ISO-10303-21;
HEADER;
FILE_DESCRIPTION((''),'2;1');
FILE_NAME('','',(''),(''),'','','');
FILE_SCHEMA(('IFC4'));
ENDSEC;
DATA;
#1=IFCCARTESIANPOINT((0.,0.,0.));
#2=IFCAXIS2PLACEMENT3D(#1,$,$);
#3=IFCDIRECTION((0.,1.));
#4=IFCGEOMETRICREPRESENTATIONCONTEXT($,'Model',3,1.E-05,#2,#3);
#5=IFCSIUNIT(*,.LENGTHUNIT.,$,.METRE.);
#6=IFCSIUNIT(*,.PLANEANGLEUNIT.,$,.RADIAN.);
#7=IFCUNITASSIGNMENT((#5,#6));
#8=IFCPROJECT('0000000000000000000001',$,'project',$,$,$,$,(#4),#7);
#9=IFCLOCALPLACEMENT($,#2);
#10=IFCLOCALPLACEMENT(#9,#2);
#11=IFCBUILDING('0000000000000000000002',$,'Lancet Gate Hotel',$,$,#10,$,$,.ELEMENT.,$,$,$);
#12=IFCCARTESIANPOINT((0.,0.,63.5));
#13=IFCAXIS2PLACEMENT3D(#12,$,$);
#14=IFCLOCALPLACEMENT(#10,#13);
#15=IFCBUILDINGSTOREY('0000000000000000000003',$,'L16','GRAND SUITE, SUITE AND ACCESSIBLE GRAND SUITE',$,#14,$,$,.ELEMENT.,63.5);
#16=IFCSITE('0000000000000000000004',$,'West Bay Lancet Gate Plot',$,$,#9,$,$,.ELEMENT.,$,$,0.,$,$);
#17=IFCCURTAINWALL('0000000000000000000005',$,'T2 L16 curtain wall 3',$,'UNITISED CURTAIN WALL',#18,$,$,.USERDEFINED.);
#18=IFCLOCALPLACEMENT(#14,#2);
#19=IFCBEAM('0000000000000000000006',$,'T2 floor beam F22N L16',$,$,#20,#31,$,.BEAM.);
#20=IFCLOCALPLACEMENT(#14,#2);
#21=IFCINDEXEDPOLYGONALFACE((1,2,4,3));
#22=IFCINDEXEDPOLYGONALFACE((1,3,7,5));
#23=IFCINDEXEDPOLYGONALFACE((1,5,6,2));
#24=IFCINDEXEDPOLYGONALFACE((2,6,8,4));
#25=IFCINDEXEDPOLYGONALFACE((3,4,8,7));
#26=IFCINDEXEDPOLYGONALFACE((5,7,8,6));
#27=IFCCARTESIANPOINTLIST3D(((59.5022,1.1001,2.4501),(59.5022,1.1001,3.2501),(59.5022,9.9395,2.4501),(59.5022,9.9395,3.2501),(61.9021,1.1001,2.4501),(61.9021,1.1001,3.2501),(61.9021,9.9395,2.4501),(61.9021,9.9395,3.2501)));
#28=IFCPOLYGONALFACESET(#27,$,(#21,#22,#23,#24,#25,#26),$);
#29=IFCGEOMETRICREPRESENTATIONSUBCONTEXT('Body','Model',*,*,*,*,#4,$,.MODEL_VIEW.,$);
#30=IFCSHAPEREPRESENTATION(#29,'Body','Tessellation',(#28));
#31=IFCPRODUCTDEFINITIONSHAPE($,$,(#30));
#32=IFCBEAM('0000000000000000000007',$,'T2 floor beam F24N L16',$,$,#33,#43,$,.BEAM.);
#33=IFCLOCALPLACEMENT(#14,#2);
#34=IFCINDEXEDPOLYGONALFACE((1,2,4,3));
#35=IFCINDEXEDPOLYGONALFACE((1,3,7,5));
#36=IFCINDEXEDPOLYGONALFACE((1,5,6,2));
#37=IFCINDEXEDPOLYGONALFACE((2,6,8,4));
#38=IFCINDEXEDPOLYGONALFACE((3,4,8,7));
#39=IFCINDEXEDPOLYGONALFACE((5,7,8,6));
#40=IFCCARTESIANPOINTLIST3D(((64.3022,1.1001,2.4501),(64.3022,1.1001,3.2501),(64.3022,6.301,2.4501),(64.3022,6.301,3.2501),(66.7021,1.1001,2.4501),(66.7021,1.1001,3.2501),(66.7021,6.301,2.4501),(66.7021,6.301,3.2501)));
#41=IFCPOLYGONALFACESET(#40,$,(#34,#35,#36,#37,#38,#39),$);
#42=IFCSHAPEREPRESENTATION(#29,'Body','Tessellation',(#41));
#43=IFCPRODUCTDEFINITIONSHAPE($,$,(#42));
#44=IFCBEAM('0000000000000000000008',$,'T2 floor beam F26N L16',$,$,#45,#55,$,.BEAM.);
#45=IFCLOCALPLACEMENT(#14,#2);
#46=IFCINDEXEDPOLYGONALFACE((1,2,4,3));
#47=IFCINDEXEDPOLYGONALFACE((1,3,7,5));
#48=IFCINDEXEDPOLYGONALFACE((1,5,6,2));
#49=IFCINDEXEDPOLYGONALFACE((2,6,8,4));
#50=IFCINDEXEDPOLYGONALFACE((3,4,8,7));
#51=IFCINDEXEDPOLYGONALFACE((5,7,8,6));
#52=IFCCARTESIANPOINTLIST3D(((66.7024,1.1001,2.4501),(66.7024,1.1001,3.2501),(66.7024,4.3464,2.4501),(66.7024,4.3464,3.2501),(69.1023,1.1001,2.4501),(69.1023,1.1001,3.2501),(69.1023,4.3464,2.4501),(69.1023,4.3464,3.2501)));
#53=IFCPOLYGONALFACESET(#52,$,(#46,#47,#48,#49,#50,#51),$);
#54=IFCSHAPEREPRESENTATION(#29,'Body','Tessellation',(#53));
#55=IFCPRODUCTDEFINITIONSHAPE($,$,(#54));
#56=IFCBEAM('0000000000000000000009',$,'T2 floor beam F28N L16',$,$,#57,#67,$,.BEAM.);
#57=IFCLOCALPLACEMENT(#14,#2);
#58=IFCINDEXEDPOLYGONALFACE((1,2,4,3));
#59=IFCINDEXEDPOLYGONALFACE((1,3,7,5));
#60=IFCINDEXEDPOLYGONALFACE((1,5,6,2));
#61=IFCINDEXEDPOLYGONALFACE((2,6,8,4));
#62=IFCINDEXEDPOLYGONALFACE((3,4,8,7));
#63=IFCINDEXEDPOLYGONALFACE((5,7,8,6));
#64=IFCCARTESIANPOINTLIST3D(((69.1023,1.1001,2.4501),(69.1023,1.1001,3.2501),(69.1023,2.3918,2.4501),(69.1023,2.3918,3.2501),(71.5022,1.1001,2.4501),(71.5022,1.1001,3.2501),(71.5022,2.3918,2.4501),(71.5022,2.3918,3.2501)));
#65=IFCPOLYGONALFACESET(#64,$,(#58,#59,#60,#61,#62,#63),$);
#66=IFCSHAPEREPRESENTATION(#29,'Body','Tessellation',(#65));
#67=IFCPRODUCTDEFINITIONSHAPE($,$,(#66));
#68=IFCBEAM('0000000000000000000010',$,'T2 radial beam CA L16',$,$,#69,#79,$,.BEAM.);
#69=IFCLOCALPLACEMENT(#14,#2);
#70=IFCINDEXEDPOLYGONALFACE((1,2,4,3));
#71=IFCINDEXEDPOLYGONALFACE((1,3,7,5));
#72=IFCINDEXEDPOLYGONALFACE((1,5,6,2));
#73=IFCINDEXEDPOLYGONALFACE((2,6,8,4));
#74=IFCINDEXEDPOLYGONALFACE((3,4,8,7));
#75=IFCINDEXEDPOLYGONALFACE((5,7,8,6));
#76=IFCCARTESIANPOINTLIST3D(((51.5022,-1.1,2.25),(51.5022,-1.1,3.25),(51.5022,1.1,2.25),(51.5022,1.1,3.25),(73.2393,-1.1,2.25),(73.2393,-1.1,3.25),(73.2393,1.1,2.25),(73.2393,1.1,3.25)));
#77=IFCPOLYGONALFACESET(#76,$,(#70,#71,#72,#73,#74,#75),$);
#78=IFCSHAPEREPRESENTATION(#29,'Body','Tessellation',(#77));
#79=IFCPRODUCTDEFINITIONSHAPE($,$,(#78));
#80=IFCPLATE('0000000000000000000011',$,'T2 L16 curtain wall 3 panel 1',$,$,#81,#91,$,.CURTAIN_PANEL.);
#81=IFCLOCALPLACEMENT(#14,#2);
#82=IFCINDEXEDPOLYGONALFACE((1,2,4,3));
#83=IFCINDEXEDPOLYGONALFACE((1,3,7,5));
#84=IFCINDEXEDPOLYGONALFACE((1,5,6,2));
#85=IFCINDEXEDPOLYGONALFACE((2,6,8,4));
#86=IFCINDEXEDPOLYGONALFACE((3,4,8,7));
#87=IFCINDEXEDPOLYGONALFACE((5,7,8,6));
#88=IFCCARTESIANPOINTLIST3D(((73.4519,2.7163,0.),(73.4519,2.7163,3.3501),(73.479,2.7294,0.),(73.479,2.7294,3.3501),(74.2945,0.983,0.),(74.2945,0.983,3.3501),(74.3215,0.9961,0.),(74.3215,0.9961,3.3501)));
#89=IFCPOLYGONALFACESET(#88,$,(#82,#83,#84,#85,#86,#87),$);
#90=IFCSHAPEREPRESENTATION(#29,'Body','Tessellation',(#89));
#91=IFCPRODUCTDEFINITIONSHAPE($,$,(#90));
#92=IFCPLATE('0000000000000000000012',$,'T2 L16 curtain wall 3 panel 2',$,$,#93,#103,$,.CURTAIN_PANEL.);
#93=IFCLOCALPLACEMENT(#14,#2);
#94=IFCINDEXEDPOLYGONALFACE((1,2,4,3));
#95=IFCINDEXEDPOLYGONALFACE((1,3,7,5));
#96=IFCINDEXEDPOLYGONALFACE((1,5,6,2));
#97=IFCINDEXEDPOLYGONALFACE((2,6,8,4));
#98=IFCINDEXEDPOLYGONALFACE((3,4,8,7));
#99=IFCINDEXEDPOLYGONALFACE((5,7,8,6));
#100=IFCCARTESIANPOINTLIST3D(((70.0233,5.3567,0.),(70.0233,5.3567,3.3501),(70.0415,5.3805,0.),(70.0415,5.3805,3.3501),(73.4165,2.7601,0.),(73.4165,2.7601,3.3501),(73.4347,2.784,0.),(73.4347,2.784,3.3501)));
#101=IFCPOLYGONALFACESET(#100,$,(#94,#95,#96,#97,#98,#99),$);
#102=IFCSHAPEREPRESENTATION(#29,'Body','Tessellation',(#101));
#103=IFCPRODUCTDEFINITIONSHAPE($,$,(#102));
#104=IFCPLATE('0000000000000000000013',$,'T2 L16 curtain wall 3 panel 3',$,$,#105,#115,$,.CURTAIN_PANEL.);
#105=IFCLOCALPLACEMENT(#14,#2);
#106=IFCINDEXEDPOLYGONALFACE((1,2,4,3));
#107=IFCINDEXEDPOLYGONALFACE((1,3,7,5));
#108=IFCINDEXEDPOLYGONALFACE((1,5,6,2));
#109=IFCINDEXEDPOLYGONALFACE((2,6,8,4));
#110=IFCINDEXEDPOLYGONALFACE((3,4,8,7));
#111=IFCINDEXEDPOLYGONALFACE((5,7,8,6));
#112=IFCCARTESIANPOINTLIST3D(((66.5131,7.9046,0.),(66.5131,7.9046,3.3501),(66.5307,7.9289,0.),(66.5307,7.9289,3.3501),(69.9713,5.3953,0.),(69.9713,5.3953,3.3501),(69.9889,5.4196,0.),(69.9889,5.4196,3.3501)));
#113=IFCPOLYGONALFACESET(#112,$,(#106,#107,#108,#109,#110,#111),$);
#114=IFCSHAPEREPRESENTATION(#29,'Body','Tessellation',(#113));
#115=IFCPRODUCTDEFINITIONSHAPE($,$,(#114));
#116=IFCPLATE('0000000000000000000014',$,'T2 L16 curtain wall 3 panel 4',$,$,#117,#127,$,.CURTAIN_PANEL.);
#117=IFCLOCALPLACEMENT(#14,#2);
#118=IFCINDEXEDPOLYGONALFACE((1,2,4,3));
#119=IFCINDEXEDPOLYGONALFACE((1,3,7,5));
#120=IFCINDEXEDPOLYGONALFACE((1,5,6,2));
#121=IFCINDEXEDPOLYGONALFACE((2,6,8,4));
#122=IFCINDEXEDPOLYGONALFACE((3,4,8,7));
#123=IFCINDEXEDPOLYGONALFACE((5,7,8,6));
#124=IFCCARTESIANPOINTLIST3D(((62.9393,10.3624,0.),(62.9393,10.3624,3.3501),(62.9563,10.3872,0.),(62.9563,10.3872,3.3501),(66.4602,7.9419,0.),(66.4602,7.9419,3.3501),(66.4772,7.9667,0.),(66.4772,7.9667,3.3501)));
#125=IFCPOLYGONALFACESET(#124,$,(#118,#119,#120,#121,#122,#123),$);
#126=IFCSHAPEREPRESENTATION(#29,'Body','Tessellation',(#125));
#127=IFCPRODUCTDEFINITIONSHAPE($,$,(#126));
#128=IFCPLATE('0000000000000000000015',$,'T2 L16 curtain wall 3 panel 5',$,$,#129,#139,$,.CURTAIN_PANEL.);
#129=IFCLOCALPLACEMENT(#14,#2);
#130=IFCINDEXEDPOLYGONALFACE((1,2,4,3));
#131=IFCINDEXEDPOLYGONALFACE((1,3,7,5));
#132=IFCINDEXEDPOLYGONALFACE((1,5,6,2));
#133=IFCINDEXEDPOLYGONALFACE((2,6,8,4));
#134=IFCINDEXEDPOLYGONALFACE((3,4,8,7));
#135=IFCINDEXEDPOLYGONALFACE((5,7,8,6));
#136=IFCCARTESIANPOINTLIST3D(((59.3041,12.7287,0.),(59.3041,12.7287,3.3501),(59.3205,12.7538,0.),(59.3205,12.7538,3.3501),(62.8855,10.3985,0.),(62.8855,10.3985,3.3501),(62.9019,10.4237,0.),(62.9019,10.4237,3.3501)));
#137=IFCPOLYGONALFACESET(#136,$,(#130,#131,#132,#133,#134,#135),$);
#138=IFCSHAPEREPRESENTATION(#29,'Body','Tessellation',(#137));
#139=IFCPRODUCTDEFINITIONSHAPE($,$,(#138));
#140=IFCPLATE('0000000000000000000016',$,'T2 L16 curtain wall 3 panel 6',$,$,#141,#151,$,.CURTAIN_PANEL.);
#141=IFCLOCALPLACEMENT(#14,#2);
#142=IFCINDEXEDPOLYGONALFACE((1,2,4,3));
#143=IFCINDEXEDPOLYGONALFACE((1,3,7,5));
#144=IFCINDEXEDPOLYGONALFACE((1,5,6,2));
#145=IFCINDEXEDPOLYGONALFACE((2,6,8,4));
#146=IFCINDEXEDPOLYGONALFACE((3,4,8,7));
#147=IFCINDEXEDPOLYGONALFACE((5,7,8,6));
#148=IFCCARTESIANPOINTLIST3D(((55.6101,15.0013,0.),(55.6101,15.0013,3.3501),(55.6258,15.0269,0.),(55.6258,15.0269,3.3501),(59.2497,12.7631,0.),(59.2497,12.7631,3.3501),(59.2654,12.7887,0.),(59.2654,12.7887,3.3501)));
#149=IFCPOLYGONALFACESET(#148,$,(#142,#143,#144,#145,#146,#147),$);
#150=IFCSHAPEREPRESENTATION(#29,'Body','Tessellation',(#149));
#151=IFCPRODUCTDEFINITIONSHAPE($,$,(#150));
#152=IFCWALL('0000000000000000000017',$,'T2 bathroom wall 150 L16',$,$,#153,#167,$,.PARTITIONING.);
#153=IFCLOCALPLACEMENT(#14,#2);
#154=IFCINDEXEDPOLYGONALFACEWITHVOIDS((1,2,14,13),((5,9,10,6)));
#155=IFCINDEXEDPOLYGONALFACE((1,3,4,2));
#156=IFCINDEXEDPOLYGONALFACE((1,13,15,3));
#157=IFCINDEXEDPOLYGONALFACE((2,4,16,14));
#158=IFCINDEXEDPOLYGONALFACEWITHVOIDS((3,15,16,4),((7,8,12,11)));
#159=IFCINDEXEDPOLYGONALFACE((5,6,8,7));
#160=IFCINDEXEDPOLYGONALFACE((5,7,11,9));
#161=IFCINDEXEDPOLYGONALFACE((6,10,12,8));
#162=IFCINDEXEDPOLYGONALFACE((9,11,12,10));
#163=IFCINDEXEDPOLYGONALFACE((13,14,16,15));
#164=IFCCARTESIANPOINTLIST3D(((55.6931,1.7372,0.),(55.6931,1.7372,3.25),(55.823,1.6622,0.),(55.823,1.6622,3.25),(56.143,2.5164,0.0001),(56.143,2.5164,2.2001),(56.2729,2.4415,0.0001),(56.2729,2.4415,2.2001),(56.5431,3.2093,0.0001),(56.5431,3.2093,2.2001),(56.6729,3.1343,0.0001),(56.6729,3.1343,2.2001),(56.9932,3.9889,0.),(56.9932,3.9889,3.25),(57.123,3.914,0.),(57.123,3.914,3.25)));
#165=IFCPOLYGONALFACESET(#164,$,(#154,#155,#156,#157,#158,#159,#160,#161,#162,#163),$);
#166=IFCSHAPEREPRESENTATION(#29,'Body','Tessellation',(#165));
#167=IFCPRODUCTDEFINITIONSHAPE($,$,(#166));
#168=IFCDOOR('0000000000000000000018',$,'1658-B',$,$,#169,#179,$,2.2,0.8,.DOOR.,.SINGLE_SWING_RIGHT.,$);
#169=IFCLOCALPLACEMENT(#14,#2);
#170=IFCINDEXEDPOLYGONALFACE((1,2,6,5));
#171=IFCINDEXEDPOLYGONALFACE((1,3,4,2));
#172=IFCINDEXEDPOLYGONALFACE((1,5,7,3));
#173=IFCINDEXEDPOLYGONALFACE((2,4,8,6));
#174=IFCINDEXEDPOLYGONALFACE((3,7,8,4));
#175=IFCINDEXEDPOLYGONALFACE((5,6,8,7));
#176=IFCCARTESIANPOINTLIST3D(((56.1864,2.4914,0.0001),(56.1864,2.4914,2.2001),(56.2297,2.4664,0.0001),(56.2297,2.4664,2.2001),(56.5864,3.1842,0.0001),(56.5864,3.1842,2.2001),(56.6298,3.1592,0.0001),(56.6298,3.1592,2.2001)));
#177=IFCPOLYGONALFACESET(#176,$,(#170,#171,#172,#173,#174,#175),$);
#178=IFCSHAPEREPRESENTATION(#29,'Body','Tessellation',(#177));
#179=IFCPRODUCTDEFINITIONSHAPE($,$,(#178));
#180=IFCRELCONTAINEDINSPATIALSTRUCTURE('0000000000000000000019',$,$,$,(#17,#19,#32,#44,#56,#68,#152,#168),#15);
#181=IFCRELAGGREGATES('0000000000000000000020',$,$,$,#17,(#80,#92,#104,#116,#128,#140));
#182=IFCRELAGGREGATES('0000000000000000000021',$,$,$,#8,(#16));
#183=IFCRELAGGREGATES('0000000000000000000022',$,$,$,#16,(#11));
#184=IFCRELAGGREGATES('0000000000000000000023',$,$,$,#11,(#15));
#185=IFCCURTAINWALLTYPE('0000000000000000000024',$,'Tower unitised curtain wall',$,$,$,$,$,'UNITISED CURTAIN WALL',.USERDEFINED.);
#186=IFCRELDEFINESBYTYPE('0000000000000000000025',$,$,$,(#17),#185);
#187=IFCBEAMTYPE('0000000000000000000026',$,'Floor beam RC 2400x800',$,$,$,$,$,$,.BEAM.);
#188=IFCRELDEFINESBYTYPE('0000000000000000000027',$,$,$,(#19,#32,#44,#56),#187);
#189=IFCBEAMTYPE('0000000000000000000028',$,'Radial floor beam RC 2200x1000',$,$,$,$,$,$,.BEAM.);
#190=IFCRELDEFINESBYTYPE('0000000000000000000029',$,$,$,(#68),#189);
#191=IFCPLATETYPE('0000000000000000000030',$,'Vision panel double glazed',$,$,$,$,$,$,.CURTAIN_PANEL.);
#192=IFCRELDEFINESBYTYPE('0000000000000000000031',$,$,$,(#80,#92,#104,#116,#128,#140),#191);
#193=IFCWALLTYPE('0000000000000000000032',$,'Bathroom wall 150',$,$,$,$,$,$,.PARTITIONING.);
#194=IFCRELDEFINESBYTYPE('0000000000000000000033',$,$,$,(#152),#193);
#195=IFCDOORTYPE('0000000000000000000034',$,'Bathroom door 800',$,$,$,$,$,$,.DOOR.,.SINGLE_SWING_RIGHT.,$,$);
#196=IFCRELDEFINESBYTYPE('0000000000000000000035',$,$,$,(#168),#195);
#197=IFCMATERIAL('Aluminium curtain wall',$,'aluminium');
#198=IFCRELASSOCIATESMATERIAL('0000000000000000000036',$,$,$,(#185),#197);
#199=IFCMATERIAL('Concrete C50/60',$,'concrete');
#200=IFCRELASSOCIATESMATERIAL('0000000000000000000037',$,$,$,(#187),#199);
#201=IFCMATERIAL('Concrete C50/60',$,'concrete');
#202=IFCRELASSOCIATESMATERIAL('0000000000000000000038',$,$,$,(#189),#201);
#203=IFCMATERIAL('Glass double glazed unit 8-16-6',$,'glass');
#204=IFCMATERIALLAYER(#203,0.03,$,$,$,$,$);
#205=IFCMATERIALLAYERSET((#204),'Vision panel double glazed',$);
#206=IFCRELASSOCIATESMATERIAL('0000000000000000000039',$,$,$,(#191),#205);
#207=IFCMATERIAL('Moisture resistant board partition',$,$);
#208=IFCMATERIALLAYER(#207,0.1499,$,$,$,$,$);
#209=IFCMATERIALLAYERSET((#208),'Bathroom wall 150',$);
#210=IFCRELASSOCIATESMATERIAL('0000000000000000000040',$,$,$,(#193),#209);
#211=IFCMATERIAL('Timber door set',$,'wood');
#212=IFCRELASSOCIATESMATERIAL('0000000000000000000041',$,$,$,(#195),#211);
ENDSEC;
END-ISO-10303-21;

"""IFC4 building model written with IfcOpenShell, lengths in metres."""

from ifc_helpers import new_model, si_unit, direction, frame, frame_2d, origin, origin_2d, place, context, subcontext, project, spatial, rectangle, extrude, material, layer, layer_set, material_profile, profile_set, type_object, element, fill, aggregate, save


model = new_model("IFC4")

# Units and contexts
model_context = context("Model", 3, precision=1e-05, world=origin(), true_north=direction((0.0, 1.0)))
body_context = subcontext(model_context, "Body", "Model", "MODEL_VIEW")
ifc_project = project(units=[si_unit("LENGTHUNIT", "METRE"), si_unit("PLANEANGLEUNIT", "RADIAN")], contexts=[model_context])

# Site, building, storey
site_placement = place(None, origin())
site = spatial("IfcSite", under=ifc_project, at=site_placement, Name="West Bay Lancet Gate Plot", CompositionType="ELEMENT", RefElevation=0.0)
building_placement = place(site_placement, origin())
building = spatial("IfcBuilding", under=site, at=building_placement, Name="Lancet Gate Hotel", CompositionType="ELEMENT")
storey_placement = place(building_placement, frame((0.0, 0.0, 63.5)))
storey = spatial("IfcBuildingStorey", under=building, at=storey_placement, Name="L16", Description="GRAND SUITE, SUITE AND ACCESSIBLE GRAND SUITE", CompositionType="ELEMENT", Elevation=63.5)

# Curtain wall
ifc_material_1 = material(Name="Aluminium curtain wall", Category="aluminium")
curtain_wall_type = type_object("IfcCurtainWallType", Name="Tower unitised curtain wall", ElementType="UNITISED CURTAIN WALL", PredefinedType="USERDEFINED", material=ifc_material_1)
curtain_wall_placement = place(storey_placement, origin())
curtain_wall = element("IfcCurtainWall", 1, at=curtain_wall_placement, inside=storey, type_object=curtain_wall_type, Name="T2 L16 curtain wall 3", ObjectType="UNITISED CURTAIN WALL", PredefinedType="USERDEFINED")

# Beams
ifc_material_2 = material(Name="Concrete C50/60", Category="concrete")
ifc_material_profile_1 = material_profile(ifc_material_2, rectangle(XDim=2.3999, YDim=0.8, at=origin_2d()), Name="RC 2400x800")
ifc_profile_set_1 = profile_set([ifc_material_profile_1], Name="Concrete C50/60")
beam_type_1 = type_object("IfcBeamType", Name="Floor beam RC 2400x800", PredefinedType="BEAM", material=ifc_profile_set_1)
beam_1_placement = place(storey_placement, frame((60.7021, 1.1001, 2.8501), z_axis=(0.0, 1.0, 0.0), x_axis=(-1.0, 0.0, 0.0)))
element("IfcBeam", 2, at=beam_1_placement, inside=storey, type_object=beam_type_1, Name="T2 floor beam F22N L16", PredefinedType="BEAM", context=body_context, shape_type="SweptSolid", body=[
    extrude(rectangle(XDim=2.3999, YDim=0.8, at=origin_2d()), origin(), (0.0, 0.0, 1.0), 8.8394),
])
beam_2_placement = place(storey_placement, frame((65.5022, 1.1001, 2.8501), z_axis=(0.0, 1.0, 0.0), x_axis=(-1.0, 0.0, 0.0)))
element("IfcBeam", 3, at=beam_2_placement, inside=storey, type_object=beam_type_1, Name="T2 floor beam F24N L16", PredefinedType="BEAM", context=body_context, shape_type="SweptSolid", body=[
    extrude(rectangle(XDim=2.3999, YDim=0.8, at=origin_2d()), origin(), (0.0, 0.0, 1.0), 5.2009),
])
beam_3_placement = place(storey_placement, frame((67.9023, 1.1001, 2.8501), z_axis=(0.0, 1.0, 0.0), x_axis=(-1.0, 0.0, 0.0)))
element("IfcBeam", 4, at=beam_3_placement, inside=storey, type_object=beam_type_1, Name="T2 floor beam F26N L16", PredefinedType="BEAM", context=body_context, shape_type="SweptSolid", body=[
    extrude(rectangle(XDim=2.3999, YDim=0.8, at=origin_2d()), origin(), (0.0, 0.0, 1.0), 3.2463),
])
beam_4_placement = place(storey_placement, frame((70.3022, 1.1001, 2.8501), z_axis=(0.0, 1.0, 0.0), x_axis=(-1.0, 0.0, 0.0)))
element("IfcBeam", 5, at=beam_4_placement, inside=storey, type_object=beam_type_1, Name="T2 floor beam F28N L16", PredefinedType="BEAM", context=body_context, shape_type="SweptSolid", body=[
    extrude(rectangle(XDim=2.3999, YDim=0.8, at=origin_2d()), origin(), (0.0, 0.0, 1.0), 1.2917),
])
ifc_material_3 = material(Name="Concrete C50/60", Category="concrete")
ifc_material_profile_2 = material_profile(ifc_material_3, rectangle(XDim=2.2, YDim=1.0, at=origin_2d()), Name="RC 2200x1000")
ifc_profile_set_2 = profile_set([ifc_material_profile_2], Name="Concrete C50/60")
beam_type_2 = type_object("IfcBeamType", Name="Radial floor beam RC 2200x1000", PredefinedType="BEAM", material=ifc_profile_set_2)
beam_5_placement = place(storey_placement, frame((73.2393, 0.0, 2.75), z_axis=(-1.0, 0.0, 0.0), x_axis=(0.0, -1.0, 0.0)))
element("IfcBeam", 6, at=beam_5_placement, inside=storey, type_object=beam_type_2, Name="T2 radial beam CA L16", PredefinedType="BEAM", context=body_context, shape_type="SweptSolid", body=[
    extrude(rectangle(XDim=2.2, YDim=1.0, at=origin_2d()), origin(), (0.0, 0.0, 1.0), 21.7371),
])

# Plates
ifc_material_4 = material(Name="Glass double glazed unit 8-16-6", Category="glass")
ifc_layer_1 = layer(ifc_material_4, 0.03)
ifc_layer_set_1 = layer_set([ifc_layer_1], Name="Vision panel double glazed")
plate_type = type_object("IfcPlateType", Name="Vision panel double glazed", PredefinedType="CURTAIN_PANEL", material=ifc_layer_set_1)
plate_1_placement = place(storey_placement, frame((73.8867, 1.8562, 0.0), z_axis=(0.0, 0.0, 1.0), x_axis=(-0.437169, 0.899379, 0.0)))
plate_1 = element("IfcPlate", 7, at=plate_1_placement, type_object=plate_type, Name="T2 L16 curtain wall 3 panel 1", PredefinedType="CURTAIN_PANEL", context=body_context, shape_type="SweptSolid", body=[
    extrude(rectangle(XDim=1.9272, YDim=0.03, at=origin_2d()), origin(), (0.0, 0.0, 1.0), 3.3501),
])
plate_2_placement = place(storey_placement, frame((71.729, 4.0703, 0.0), z_axis=(0.0, 0.0, 1.0), x_axis=(-0.79416, 0.607709, 0.0)))
plate_2 = element("IfcPlate", 8, at=plate_2_placement, type_object=plate_type, Name="T2 L16 curtain wall 3 panel 2", PredefinedType="CURTAIN_PANEL", context=body_context, shape_type="SweptSolid", body=[
    extrude(rectangle(XDim=4.2727, YDim=0.03, at=origin_2d()), origin(), (0.0, 0.0, 1.0), 3.3501),
])
plate_3_placement = place(storey_placement, frame((68.251, 6.6621, 0.0), z_axis=(0.0, 0.0, 1.0), x_axis=(-0.80937, 0.587299, 0.0)))
plate_3 = element("IfcPlate", 9, at=plate_3_placement, type_object=plate_type, Name="T2 L16 curtain wall 3 panel 3", PredefinedType="CURTAIN_PANEL", context=body_context, shape_type="SweptSolid", body=[
    extrude(rectangle(XDim=4.2727, YDim=0.03, at=origin_2d()), origin(), (0.0, 0.0, 1.0), 3.3501),
])
plate_4_placement = place(storey_placement, frame((64.7083, 9.1646, 0.0), z_axis=(0.0, 0.0, 1.0), x_axis=(-0.824055, 0.566509, 0.0)))
plate_4 = element("IfcPlate", 10, at=plate_4_placement, type_object=plate_type, Name="T2 L16 curtain wall 3 panel 4", PredefinedType="CURTAIN_PANEL", context=body_context, shape_type="SweptSolid", body=[
    extrude(rectangle(XDim=4.2727, YDim=0.03, at=origin_2d()), origin(), (0.0, 0.0, 1.0), 3.3501),
])
plate_5_placement = place(storey_placement, frame((61.103, 11.5762, 0.0), z_axis=(0.0, 0.0, 1.0), x_axis=(-0.838207, 0.545353, 0.0)))
plate_5 = element("IfcPlate", 11, at=plate_5_placement, type_object=plate_type, Name="T2 L16 curtain wall 3 panel 5", PredefinedType="CURTAIN_PANEL", context=body_context, shape_type="SweptSolid", body=[
    extrude(rectangle(XDim=4.2727, YDim=0.03, at=origin_2d()), origin(), (0.0, 0.0, 1.0), 3.3501),
])
plate_6_placement = place(storey_placement, frame((57.4377, 13.895, 0.0), z_axis=(0.0, 0.0, 1.0), x_axis=(-0.851815, 0.523842, 0.0)))
plate_6 = element("IfcPlate", 12, at=plate_6_placement, type_object=plate_type, Name="T2 L16 curtain wall 3 panel 6", PredefinedType="CURTAIN_PANEL", context=body_context, shape_type="SweptSolid", body=[
    extrude(rectangle(XDim=4.2727, YDim=0.03, at=origin_2d()), origin(), (0.0, 0.0, 1.0), 3.3501),
])
aggregate(curtain_wall, [plate_1, plate_2, plate_3, plate_4, plate_5, plate_6])

# Wall, opening, door
ifc_material_5 = material(Name="Moisture resistant board partition")
ifc_layer_2 = layer(ifc_material_5, 0.1499)
ifc_layer_set_2 = layer_set([ifc_layer_2], Name="Bathroom wall 150")
wall_type = type_object("IfcWallType", Name="Bathroom wall 150", PredefinedType="PARTITIONING", material=ifc_layer_set_2)
wall_placement = place(storey_placement, frame((55.7581, 1.6997, 0.0), z_axis=(0.0, 0.0, 1.0), x_axis=(0.500007, 0.866021, 0.0)))
wall = element("IfcWall", 13, at=wall_placement, inside=storey, type_object=wall_type, Name="T2 bathroom wall 150 L16", PredefinedType="PARTITIONING", context=body_context, shape_type="SweptSolid", body=[
    extrude(rectangle(XDim=2.6001, YDim=0.1499, at=frame_2d((1.3, 0.0))), origin(), (0.0, 0.0, 1.0), 3.25),
])
opening_placement = place(wall_placement, frame((0.8999, 0.0, 0.0)))
opening = element("IfcOpeningElement", 14, at=opening_placement, cuts=wall, PredefinedType="OPENING", context=body_context, shape_type="SweptSolid", body=[
    extrude(rectangle(XDim=0.8, YDim=2.2, at=frame_2d((0.3999, 1.1001))), frame((0.0, 0.085, 0.0), z_axis=(0.0, -1.0, 0.0), x_axis=(1.0, 0.0, 0.0)), (0.0, 0.0, 1.0), 0.1699),
])
ifc_material_6 = material(Name="Timber door set", Category="wood")
door_type = type_object("IfcDoorType", Name="Bathroom door 800", OperationType="SINGLE_SWING_RIGHT", PredefinedType="DOOR", material=ifc_material_6)
door_placement = place(opening_placement, origin())
door = element("IfcDoor", 15, at=door_placement, inside=storey, type_object=door_type, Name="1658-B", OperationType="SINGLE_SWING_RIGHT", OverallHeight=2.2, OverallWidth=0.8, PredefinedType="DOOR", context=body_context, shape_type="SweptSolid", body=[
    extrude(rectangle(XDim=0.8, YDim=2.2, at=frame_2d((0.3999, 1.1001))), frame((0.0, 0.0249, 0.0), z_axis=(0.0, -1.0, 0.0), x_axis=(1.0, 0.0, 0.0)), (0.0, 0.0, 1.0), 0.05),
])
fill(opening, door)

save(model, "model.ifc")
